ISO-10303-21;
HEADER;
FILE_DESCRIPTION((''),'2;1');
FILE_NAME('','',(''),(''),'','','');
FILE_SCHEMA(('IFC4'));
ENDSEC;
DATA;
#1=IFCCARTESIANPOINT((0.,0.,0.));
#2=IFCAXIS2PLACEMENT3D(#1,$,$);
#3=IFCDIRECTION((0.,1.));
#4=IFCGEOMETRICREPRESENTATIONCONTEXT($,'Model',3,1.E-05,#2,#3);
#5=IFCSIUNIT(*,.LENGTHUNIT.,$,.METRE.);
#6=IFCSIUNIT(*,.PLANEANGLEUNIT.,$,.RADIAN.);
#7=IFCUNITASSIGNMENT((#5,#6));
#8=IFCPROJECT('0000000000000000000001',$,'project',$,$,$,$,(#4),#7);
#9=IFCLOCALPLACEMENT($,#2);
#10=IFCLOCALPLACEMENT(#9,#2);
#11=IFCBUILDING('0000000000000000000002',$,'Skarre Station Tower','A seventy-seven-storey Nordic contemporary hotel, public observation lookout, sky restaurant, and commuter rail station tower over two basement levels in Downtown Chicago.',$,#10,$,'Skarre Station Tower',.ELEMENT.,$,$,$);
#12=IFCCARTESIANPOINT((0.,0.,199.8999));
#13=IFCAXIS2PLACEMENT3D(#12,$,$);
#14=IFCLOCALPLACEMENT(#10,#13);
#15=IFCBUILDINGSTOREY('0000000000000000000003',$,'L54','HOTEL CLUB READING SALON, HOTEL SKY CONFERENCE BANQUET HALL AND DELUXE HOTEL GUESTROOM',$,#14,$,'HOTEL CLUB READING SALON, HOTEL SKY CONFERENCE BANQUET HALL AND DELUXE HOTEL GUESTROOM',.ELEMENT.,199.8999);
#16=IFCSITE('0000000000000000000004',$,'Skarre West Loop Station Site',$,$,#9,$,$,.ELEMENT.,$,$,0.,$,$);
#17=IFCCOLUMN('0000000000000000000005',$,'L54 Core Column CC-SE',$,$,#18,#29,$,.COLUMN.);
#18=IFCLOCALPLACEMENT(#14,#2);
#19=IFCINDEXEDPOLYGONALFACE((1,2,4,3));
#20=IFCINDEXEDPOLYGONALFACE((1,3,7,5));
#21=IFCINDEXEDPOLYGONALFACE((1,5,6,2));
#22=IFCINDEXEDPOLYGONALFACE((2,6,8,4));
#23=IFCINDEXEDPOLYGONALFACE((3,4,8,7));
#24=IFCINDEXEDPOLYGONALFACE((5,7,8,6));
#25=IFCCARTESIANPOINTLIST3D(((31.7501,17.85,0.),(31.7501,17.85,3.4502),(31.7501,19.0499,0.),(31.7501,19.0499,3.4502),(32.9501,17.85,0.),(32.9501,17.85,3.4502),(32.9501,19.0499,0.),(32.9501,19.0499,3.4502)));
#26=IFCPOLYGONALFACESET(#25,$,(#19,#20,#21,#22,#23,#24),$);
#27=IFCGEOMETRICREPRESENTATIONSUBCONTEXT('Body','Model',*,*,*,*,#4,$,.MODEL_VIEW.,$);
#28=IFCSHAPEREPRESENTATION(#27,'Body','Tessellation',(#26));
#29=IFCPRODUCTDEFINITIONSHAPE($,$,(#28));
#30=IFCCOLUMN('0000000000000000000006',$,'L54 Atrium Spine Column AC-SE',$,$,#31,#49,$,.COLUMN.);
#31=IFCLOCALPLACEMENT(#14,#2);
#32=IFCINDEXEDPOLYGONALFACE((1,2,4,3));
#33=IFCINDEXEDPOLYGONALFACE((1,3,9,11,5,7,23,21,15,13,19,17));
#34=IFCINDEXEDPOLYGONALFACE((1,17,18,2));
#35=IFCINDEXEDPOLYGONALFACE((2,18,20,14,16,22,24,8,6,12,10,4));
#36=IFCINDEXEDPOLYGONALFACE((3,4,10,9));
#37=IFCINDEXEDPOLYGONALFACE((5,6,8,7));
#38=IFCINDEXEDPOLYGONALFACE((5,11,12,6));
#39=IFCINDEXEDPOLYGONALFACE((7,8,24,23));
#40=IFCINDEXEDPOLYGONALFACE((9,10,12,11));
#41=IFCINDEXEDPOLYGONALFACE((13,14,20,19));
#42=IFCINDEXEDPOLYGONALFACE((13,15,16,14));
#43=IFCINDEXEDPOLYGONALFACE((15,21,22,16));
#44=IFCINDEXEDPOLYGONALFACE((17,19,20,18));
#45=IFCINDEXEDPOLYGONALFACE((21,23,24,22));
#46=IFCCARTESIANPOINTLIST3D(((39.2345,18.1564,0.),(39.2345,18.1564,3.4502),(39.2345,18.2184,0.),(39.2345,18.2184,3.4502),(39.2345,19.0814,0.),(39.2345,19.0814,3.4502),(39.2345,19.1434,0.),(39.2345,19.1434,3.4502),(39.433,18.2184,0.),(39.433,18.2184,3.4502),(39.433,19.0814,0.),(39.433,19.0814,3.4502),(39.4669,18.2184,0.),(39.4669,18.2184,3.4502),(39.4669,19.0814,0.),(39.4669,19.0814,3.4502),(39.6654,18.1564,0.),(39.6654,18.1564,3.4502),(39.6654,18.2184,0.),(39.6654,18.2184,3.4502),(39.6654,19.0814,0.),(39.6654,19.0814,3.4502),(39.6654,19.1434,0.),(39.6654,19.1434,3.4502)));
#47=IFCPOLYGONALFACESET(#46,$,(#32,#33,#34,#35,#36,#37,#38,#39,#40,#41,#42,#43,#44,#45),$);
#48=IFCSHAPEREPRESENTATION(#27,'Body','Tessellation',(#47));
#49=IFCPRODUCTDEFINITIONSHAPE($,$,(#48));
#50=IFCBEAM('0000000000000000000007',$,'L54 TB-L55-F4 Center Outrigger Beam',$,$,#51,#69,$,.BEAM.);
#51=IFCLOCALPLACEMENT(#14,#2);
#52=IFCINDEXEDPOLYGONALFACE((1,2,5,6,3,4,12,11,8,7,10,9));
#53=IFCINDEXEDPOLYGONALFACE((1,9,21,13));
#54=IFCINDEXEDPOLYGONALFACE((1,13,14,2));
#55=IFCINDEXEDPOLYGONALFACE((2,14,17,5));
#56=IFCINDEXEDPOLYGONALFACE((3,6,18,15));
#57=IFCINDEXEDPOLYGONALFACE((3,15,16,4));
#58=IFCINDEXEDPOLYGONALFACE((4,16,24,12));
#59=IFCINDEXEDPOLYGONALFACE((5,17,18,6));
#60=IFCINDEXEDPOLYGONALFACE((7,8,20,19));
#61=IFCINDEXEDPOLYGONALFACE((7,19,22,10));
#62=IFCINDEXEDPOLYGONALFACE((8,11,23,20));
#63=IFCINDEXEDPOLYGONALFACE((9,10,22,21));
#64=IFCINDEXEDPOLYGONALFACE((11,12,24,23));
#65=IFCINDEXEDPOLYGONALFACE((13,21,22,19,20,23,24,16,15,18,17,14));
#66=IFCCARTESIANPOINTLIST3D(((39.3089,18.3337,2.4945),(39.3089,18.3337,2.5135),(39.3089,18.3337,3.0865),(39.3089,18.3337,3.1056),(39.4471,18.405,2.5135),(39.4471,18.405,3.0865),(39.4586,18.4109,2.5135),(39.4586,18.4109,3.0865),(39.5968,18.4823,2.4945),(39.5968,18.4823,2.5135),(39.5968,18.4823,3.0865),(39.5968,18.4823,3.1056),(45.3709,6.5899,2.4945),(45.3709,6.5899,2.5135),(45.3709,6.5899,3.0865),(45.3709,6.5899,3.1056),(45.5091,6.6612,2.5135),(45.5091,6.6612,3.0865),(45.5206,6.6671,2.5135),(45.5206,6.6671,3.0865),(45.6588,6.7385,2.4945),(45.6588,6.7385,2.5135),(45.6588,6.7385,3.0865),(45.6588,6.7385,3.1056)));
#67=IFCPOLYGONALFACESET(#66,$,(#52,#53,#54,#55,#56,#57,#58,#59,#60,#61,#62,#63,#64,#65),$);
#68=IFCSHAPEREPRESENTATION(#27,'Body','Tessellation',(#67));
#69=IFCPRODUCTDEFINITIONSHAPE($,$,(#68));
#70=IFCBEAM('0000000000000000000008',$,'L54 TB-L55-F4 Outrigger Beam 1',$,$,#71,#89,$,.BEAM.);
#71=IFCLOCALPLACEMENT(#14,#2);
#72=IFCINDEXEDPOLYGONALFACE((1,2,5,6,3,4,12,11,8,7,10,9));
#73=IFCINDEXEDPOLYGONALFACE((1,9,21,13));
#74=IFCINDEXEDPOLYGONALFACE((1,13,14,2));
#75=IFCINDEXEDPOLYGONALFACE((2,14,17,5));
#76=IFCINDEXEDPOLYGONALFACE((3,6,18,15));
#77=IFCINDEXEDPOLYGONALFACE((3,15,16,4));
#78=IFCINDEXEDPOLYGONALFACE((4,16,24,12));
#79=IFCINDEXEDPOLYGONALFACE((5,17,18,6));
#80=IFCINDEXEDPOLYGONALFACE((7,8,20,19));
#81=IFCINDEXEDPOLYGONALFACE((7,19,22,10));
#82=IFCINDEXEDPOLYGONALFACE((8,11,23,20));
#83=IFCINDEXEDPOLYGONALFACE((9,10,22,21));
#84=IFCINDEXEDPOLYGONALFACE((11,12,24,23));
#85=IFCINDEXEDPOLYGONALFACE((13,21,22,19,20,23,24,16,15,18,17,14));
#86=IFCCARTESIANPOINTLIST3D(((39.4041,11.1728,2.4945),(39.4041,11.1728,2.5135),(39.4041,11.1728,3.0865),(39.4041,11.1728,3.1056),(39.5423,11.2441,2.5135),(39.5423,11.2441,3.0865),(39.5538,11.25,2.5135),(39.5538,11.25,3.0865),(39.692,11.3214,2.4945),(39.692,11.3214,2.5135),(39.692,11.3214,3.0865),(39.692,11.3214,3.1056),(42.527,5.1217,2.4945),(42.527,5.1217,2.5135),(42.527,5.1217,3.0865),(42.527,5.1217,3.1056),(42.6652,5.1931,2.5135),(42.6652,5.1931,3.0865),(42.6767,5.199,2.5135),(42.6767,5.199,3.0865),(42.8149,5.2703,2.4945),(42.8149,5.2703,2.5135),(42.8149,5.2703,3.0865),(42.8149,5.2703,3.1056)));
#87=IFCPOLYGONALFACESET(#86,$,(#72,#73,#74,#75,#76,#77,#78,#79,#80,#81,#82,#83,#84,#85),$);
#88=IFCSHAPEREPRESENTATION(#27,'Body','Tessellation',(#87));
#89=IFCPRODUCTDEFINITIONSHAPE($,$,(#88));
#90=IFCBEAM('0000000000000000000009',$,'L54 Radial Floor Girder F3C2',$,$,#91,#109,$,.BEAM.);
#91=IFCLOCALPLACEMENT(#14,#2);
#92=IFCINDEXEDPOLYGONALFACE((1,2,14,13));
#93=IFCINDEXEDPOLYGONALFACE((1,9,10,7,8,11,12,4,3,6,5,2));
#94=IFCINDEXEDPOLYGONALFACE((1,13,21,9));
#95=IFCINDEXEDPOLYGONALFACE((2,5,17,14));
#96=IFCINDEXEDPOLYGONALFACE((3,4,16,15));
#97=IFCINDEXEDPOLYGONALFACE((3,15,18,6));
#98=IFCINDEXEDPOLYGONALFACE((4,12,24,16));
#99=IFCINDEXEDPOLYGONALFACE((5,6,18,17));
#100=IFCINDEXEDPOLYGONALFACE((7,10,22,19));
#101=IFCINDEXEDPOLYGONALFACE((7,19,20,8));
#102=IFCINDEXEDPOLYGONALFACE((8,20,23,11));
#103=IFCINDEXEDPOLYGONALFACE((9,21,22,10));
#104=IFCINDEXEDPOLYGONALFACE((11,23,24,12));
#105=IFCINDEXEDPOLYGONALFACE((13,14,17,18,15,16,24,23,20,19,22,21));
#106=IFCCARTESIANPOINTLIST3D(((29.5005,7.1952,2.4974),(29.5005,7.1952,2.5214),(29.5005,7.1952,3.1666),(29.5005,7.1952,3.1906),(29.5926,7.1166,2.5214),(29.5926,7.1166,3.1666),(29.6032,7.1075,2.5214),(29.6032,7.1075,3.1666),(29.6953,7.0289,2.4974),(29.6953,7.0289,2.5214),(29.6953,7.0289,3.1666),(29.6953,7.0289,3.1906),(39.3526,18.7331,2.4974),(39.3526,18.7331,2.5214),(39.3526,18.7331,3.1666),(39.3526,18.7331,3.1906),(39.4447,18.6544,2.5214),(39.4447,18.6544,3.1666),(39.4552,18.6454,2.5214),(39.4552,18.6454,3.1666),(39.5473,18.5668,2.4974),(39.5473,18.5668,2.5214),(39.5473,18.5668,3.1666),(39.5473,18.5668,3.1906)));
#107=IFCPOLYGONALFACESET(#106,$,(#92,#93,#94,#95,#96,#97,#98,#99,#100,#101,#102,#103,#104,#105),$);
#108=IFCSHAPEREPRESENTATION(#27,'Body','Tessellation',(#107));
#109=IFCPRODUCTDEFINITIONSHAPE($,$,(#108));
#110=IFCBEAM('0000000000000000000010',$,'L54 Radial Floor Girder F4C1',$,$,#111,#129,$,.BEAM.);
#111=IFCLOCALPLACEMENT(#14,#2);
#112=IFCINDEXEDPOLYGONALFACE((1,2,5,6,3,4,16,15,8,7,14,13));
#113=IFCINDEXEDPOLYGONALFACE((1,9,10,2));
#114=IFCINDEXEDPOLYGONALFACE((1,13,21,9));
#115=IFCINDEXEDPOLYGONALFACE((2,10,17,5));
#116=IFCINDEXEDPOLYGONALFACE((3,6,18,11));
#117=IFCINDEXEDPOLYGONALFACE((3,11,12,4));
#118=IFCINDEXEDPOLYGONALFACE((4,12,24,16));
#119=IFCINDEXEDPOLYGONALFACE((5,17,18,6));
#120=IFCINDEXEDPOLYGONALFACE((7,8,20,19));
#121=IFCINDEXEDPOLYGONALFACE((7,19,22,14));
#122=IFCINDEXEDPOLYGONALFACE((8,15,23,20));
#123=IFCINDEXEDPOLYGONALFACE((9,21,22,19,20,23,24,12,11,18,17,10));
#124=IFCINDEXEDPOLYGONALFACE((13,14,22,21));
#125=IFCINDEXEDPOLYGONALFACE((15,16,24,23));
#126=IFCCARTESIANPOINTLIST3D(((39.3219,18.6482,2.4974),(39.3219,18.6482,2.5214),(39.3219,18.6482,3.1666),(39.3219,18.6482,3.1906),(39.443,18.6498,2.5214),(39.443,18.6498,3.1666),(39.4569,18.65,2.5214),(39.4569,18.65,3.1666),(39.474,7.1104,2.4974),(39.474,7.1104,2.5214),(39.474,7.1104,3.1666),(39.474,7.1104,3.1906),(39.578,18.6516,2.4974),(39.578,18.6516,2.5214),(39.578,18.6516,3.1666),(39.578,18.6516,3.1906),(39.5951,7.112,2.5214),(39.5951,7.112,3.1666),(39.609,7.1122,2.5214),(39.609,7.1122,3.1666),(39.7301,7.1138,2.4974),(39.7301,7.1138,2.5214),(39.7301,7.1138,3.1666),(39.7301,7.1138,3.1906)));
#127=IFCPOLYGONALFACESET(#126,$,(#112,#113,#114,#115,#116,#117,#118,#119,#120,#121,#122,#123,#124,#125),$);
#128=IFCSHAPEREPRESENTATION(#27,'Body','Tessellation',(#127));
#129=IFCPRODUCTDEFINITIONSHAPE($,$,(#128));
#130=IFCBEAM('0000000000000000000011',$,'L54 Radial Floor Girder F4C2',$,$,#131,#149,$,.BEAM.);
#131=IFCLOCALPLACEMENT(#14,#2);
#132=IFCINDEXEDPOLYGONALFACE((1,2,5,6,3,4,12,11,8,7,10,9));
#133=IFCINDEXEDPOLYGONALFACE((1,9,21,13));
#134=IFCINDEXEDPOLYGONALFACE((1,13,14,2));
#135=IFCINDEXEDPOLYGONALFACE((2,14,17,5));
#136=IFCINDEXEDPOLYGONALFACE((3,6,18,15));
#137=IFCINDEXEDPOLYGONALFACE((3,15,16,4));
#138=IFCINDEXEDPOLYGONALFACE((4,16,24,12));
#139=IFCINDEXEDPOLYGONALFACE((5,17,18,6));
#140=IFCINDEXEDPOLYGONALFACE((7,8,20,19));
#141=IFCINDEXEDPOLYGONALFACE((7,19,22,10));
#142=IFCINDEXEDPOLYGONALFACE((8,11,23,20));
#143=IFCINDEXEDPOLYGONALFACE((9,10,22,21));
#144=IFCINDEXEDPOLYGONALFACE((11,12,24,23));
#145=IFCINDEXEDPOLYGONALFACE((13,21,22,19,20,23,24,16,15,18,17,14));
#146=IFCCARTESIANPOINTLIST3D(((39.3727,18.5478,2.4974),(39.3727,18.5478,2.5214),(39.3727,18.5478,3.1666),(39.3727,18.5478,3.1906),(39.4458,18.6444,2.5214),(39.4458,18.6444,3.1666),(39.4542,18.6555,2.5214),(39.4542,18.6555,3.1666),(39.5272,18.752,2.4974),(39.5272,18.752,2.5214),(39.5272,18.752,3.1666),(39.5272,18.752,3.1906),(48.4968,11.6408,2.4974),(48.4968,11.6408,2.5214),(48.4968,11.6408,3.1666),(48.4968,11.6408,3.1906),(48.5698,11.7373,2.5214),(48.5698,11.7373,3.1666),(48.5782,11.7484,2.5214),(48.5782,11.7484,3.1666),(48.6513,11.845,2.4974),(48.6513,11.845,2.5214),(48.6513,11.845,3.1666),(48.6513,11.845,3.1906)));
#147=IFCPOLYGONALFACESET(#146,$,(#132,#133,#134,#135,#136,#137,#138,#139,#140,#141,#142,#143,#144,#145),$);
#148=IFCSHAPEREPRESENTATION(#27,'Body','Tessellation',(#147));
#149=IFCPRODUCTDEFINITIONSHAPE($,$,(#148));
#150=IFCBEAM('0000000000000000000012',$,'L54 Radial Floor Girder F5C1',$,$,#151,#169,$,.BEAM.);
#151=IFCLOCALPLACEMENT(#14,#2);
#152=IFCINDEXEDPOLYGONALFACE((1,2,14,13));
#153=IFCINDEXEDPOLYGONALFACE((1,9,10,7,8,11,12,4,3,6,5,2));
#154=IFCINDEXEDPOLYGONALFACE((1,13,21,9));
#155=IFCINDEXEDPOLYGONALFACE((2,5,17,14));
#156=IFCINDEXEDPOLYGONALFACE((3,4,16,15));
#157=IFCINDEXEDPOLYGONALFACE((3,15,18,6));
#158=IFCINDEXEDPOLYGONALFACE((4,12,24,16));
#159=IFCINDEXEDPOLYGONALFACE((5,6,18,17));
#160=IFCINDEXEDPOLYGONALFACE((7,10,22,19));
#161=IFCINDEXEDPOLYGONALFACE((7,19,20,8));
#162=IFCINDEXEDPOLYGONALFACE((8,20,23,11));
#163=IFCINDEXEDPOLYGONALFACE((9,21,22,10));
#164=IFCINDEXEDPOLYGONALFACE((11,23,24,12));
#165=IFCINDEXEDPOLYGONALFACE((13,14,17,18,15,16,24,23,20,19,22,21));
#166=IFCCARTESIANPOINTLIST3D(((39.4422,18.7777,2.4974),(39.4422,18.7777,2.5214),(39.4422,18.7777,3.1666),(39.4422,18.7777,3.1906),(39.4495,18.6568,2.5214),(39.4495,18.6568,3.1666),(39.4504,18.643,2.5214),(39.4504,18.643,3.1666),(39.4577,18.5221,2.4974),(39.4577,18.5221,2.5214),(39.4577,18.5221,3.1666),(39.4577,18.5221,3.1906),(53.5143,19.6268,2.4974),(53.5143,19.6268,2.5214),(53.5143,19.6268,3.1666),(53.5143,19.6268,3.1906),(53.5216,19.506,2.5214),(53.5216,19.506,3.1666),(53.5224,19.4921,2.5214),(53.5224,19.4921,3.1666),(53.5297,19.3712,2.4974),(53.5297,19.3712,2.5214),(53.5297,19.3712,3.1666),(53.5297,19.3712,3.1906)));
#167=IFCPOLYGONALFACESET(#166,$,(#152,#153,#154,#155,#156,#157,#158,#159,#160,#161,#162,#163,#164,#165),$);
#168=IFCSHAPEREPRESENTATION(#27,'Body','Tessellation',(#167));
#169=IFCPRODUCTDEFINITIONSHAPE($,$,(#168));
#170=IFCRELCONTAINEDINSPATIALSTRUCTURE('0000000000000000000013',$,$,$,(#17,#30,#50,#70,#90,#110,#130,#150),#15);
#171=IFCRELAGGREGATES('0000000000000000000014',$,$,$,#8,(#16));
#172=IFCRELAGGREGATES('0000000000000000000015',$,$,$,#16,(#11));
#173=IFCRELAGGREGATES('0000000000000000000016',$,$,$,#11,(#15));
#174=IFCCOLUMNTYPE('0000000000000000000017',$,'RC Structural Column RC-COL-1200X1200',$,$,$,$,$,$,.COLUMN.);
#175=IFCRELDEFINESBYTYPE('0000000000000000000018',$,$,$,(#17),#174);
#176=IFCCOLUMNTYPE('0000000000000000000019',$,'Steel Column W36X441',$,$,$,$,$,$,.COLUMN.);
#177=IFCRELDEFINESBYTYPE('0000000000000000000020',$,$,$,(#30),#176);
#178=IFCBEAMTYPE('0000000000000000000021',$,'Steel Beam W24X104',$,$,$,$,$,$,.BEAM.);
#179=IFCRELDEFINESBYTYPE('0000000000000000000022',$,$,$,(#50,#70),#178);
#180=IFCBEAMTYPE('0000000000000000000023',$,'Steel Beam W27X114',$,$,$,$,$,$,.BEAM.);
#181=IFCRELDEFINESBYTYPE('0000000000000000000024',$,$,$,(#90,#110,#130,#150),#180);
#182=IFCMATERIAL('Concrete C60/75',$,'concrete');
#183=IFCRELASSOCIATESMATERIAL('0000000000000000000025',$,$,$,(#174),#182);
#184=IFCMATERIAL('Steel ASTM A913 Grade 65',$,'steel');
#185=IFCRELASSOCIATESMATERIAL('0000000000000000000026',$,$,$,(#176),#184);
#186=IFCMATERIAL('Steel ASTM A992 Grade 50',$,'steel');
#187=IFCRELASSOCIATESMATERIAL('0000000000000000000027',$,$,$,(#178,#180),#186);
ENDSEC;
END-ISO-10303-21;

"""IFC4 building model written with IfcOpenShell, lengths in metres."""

from ifc_helpers import new_model, si_unit, direction, frame, origin, origin_2d, place, context, subcontext, project, spatial, rectangle, i_section, extrude, material, material_profile, profile_set, type_object, element, save


model = new_model("IFC4")

# Units and contexts
model_context = context("Model", 3, precision=1e-05, world=origin(), true_north=direction((0.0, 1.0)))
body_context = subcontext(model_context, "Body", "Model", "MODEL_VIEW")
ifc_project = project(units=[si_unit("LENGTHUNIT", "METRE"), si_unit("PLANEANGLEUNIT", "RADIAN")], contexts=[model_context])

# Site, building, storey
site_placement = place(None, origin())
site = spatial("IfcSite", under=ifc_project, at=site_placement, Name="Skarre West Loop Station Site", CompositionType="ELEMENT", RefElevation=0.0)
building_placement = place(site_placement, origin())
building = spatial("IfcBuilding", under=site, at=building_placement, Name="Skarre Station Tower", Description="A seventy-seven-storey Nordic contemporary hotel, public observation lookout, sky restaurant, and commuter rail station tower over two basement levels in Downtown Chicago.", LongName="Skarre Station Tower", CompositionType="ELEMENT")
storey_placement = place(building_placement, frame((0.0, 0.0, 199.8999)))
storey = spatial("IfcBuildingStorey", under=building, at=storey_placement, Name="L54", Description="HOTEL CLUB READING SALON, HOTEL SKY CONFERENCE BANQUET HALL AND DELUXE HOTEL GUESTROOM", LongName="HOTEL CLUB READING SALON, HOTEL SKY CONFERENCE BANQUET HALL AND DELUXE HOTEL GUESTROOM", CompositionType="ELEMENT", Elevation=199.8999)

# Columns
ifc_material_1 = material(Name="Concrete C60/75", Category="concrete")
ifc_material_profile_1 = material_profile(ifc_material_1, rectangle(XDim=1.2, YDim=1.2, at=origin_2d()), Name="Concrete C60/75")
ifc_profile_set_1 = profile_set([ifc_material_profile_1], Name="Concrete C60/75")
column_type_1 = type_object("IfcColumnType", Name="RC Structural Column RC-COL-1200X1200", PredefinedType="COLUMN", material=ifc_profile_set_1)
column_1_placement = place(storey_placement, frame((32.3501, 18.45, 0.0), z_axis=(0.0, 0.0, 1.0), x_axis=(1.0, 0.0, 0.0)))
element("IfcColumn", 1, at=column_1_placement, inside=storey, type_object=column_type_1, Name="L54 Core Column CC-SE", PredefinedType="COLUMN", context=body_context, shape_type="SweptSolid", body=[
    extrude(rectangle(XDim=1.2, YDim=1.2, at=origin_2d()), origin(), (0.0, 0.0, 1.0), 3.4502),
])
ifc_material_2 = material(Name="Steel ASTM A913 Grade 65", Category="steel")
ifc_material_profile_2 = material_profile(ifc_material_2, i_section(OverallWidth=0.4309, OverallDepth=0.9871, WebThickness=0.0339, FlangeThickness=0.062, at=origin_2d()), Name="Steel ASTM A913 Grade 65")
ifc_profile_set_2 = profile_set([ifc_material_profile_2], Name="Steel ASTM A913 Grade 65")
column_type_2 = type_object("IfcColumnType", Name="Steel Column W36X441", PredefinedType="COLUMN", material=ifc_profile_set_2)
column_2_placement = place(storey_placement, frame((39.45, 18.6499, 0.0), z_axis=(0.0, 0.0, 1.0), x_axis=(1.0, 0.0, 0.0)))
element("IfcColumn", 2, at=column_2_placement, inside=storey, type_object=column_type_2, Name="L54 Atrium Spine Column AC-SE", PredefinedType="COLUMN", context=body_context, shape_type="SweptSolid", body=[
    extrude(i_section(OverallWidth=0.4309, OverallDepth=0.9871, WebThickness=0.0339, FlangeThickness=0.062, at=origin_2d()), origin(), (0.0, 0.0, 1.0), 3.4502),
])

# Beams
ifc_material_3 = material(Name="Steel ASTM A992 Grade 50", Category="steel")
ifc_material_profile_3 = material_profile(ifc_material_3, i_section(OverallWidth=0.324, OverallDepth=0.6111, WebThickness=0.0129, FlangeThickness=0.019, at=origin_2d()), Name="Steel ASTM A992 Grade 50")
ifc_profile_set_3 = profile_set([ifc_material_profile_3], Name="Steel ASTM A992 Grade 50")
beam_type_1 = type_object("IfcBeamType", Name="Steel Beam W24X104", PredefinedType="BEAM", material=ifc_profile_set_3)
beam_1_placement = place(storey_placement, frame((39.4529, 18.408, 2.8), z_axis=(0.458682, -0.888601, 0.0), x_axis=(0.888601, 0.458682, 0.0)))
element("IfcBeam", 3, at=beam_1_placement, inside=storey, type_object=beam_type_1, Name="L54 TB-L55-F4 Center Outrigger Beam", PredefinedType="BEAM", context=body_context, shape_type="SweptSolid", body=[
    extrude(i_section(OverallWidth=0.324, OverallDepth=0.6111, WebThickness=0.0129, FlangeThickness=0.019, at=origin_2d()), origin(), (0.0, 0.0, 1.0), 13.2161),
])
beam_2_placement = place(storey_placement, frame((39.5481, 11.2471, 2.8), z_axis=(0.458607, -0.888639, 0.0), x_axis=(0.888639, 0.458607, 0.0)))
element("IfcBeam", 4, at=beam_2_placement, inside=storey, type_object=beam_type_1, Name="L54 TB-L55-F4 Outrigger Beam 1", PredefinedType="BEAM", context=body_context, shape_type="SweptSolid", body=[
    extrude(i_section(OverallWidth=0.324, OverallDepth=0.6111, WebThickness=0.0129, FlangeThickness=0.019, at=origin_2d()), origin(), (0.0, 0.0, 1.0), 6.8093),
])
ifc_material_profile_4 = material_profile(ifc_material_3, i_section(OverallWidth=0.2561, OverallDepth=0.6931, WebThickness=0.0139, FlangeThickness=0.0239, at=origin_2d()), Name="Steel ASTM A992 Grade 50")
ifc_profile_set_4 = profile_set([ifc_material_profile_4], Name="Steel ASTM A992 Grade 50")
beam_type_2 = type_object("IfcBeamType", Name="Steel Beam W27X114", PredefinedType="BEAM", material=ifc_profile_set_4)
beam_3_placement = place(storey_placement, frame((39.45, 18.6499, 2.844), z_axis=(-0.649364, -0.760477, 0.0), x_axis=(0.760477, -0.649364, 0.0)))
element("IfcBeam", 5, at=beam_3_placement, inside=storey, type_object=beam_type_2, Name="L54 Radial Floor Girder F3C2", PredefinedType="BEAM", context=body_context, shape_type="SweptSolid", body=[
    extrude(i_section(OverallWidth=0.2561, OverallDepth=0.6931, WebThickness=0.0139, FlangeThickness=0.0239, at=origin_2d()), origin(), (0.0, 0.0, 1.0), 15.1719),
])
beam_4_placement = place(storey_placement, frame((39.45, 18.6499, 2.844), z_axis=(0.013182, -0.999913, 0.0), x_axis=(0.999913, 0.013182, 0.0)))
element("IfcBeam", 6, at=beam_4_placement, inside=storey, type_object=beam_type_2, Name="L54 Radial Floor Girder F4C1", PredefinedType="BEAM", context=body_context, shape_type="SweptSolid", body=[
    extrude(i_section(OverallWidth=0.2561, OverallDepth=0.6931, WebThickness=0.0139, FlangeThickness=0.0239, at=origin_2d()), origin(), (0.0, 0.0, 1.0), 11.5388),
])
beam_5_placement = place(storey_placement, frame((39.45, 18.6499, 2.844), z_axis=(0.797309, -0.603571, 0.0), x_axis=(0.603571, 0.797309, 0.0)))
element("IfcBeam", 7, at=beam_5_placement, inside=storey, type_object=beam_type_2, Name="L54 Radial Floor Girder F4C2", PredefinedType="BEAM", context=body_context, shape_type="SweptSolid", body=[
    extrude(i_section(OverallWidth=0.2561, OverallDepth=0.6931, WebThickness=0.0139, FlangeThickness=0.0239, at=origin_2d()), origin(), (0.0, 0.0, 1.0), 11.4436),
])
beam_6_placement = place(storey_placement, frame((39.45, 18.6499, 2.844), z_axis=(0.998184, 0.060232, 0.0), x_axis=(-0.060232, 0.998184, 0.0)))
element("IfcBeam", 8, at=beam_6_placement, inside=storey, type_object=beam_type_2, Name="L54 Radial Floor Girder F5C1", PredefinedType="BEAM", context=body_context, shape_type="SweptSolid", body=[
    extrude(i_section(OverallWidth=0.2561, OverallDepth=0.6931, WebThickness=0.0139, FlangeThickness=0.0239, at=origin_2d()), origin(), (0.0, 0.0, 1.0), 14.0977),
])

save(model, "model.ifc")
